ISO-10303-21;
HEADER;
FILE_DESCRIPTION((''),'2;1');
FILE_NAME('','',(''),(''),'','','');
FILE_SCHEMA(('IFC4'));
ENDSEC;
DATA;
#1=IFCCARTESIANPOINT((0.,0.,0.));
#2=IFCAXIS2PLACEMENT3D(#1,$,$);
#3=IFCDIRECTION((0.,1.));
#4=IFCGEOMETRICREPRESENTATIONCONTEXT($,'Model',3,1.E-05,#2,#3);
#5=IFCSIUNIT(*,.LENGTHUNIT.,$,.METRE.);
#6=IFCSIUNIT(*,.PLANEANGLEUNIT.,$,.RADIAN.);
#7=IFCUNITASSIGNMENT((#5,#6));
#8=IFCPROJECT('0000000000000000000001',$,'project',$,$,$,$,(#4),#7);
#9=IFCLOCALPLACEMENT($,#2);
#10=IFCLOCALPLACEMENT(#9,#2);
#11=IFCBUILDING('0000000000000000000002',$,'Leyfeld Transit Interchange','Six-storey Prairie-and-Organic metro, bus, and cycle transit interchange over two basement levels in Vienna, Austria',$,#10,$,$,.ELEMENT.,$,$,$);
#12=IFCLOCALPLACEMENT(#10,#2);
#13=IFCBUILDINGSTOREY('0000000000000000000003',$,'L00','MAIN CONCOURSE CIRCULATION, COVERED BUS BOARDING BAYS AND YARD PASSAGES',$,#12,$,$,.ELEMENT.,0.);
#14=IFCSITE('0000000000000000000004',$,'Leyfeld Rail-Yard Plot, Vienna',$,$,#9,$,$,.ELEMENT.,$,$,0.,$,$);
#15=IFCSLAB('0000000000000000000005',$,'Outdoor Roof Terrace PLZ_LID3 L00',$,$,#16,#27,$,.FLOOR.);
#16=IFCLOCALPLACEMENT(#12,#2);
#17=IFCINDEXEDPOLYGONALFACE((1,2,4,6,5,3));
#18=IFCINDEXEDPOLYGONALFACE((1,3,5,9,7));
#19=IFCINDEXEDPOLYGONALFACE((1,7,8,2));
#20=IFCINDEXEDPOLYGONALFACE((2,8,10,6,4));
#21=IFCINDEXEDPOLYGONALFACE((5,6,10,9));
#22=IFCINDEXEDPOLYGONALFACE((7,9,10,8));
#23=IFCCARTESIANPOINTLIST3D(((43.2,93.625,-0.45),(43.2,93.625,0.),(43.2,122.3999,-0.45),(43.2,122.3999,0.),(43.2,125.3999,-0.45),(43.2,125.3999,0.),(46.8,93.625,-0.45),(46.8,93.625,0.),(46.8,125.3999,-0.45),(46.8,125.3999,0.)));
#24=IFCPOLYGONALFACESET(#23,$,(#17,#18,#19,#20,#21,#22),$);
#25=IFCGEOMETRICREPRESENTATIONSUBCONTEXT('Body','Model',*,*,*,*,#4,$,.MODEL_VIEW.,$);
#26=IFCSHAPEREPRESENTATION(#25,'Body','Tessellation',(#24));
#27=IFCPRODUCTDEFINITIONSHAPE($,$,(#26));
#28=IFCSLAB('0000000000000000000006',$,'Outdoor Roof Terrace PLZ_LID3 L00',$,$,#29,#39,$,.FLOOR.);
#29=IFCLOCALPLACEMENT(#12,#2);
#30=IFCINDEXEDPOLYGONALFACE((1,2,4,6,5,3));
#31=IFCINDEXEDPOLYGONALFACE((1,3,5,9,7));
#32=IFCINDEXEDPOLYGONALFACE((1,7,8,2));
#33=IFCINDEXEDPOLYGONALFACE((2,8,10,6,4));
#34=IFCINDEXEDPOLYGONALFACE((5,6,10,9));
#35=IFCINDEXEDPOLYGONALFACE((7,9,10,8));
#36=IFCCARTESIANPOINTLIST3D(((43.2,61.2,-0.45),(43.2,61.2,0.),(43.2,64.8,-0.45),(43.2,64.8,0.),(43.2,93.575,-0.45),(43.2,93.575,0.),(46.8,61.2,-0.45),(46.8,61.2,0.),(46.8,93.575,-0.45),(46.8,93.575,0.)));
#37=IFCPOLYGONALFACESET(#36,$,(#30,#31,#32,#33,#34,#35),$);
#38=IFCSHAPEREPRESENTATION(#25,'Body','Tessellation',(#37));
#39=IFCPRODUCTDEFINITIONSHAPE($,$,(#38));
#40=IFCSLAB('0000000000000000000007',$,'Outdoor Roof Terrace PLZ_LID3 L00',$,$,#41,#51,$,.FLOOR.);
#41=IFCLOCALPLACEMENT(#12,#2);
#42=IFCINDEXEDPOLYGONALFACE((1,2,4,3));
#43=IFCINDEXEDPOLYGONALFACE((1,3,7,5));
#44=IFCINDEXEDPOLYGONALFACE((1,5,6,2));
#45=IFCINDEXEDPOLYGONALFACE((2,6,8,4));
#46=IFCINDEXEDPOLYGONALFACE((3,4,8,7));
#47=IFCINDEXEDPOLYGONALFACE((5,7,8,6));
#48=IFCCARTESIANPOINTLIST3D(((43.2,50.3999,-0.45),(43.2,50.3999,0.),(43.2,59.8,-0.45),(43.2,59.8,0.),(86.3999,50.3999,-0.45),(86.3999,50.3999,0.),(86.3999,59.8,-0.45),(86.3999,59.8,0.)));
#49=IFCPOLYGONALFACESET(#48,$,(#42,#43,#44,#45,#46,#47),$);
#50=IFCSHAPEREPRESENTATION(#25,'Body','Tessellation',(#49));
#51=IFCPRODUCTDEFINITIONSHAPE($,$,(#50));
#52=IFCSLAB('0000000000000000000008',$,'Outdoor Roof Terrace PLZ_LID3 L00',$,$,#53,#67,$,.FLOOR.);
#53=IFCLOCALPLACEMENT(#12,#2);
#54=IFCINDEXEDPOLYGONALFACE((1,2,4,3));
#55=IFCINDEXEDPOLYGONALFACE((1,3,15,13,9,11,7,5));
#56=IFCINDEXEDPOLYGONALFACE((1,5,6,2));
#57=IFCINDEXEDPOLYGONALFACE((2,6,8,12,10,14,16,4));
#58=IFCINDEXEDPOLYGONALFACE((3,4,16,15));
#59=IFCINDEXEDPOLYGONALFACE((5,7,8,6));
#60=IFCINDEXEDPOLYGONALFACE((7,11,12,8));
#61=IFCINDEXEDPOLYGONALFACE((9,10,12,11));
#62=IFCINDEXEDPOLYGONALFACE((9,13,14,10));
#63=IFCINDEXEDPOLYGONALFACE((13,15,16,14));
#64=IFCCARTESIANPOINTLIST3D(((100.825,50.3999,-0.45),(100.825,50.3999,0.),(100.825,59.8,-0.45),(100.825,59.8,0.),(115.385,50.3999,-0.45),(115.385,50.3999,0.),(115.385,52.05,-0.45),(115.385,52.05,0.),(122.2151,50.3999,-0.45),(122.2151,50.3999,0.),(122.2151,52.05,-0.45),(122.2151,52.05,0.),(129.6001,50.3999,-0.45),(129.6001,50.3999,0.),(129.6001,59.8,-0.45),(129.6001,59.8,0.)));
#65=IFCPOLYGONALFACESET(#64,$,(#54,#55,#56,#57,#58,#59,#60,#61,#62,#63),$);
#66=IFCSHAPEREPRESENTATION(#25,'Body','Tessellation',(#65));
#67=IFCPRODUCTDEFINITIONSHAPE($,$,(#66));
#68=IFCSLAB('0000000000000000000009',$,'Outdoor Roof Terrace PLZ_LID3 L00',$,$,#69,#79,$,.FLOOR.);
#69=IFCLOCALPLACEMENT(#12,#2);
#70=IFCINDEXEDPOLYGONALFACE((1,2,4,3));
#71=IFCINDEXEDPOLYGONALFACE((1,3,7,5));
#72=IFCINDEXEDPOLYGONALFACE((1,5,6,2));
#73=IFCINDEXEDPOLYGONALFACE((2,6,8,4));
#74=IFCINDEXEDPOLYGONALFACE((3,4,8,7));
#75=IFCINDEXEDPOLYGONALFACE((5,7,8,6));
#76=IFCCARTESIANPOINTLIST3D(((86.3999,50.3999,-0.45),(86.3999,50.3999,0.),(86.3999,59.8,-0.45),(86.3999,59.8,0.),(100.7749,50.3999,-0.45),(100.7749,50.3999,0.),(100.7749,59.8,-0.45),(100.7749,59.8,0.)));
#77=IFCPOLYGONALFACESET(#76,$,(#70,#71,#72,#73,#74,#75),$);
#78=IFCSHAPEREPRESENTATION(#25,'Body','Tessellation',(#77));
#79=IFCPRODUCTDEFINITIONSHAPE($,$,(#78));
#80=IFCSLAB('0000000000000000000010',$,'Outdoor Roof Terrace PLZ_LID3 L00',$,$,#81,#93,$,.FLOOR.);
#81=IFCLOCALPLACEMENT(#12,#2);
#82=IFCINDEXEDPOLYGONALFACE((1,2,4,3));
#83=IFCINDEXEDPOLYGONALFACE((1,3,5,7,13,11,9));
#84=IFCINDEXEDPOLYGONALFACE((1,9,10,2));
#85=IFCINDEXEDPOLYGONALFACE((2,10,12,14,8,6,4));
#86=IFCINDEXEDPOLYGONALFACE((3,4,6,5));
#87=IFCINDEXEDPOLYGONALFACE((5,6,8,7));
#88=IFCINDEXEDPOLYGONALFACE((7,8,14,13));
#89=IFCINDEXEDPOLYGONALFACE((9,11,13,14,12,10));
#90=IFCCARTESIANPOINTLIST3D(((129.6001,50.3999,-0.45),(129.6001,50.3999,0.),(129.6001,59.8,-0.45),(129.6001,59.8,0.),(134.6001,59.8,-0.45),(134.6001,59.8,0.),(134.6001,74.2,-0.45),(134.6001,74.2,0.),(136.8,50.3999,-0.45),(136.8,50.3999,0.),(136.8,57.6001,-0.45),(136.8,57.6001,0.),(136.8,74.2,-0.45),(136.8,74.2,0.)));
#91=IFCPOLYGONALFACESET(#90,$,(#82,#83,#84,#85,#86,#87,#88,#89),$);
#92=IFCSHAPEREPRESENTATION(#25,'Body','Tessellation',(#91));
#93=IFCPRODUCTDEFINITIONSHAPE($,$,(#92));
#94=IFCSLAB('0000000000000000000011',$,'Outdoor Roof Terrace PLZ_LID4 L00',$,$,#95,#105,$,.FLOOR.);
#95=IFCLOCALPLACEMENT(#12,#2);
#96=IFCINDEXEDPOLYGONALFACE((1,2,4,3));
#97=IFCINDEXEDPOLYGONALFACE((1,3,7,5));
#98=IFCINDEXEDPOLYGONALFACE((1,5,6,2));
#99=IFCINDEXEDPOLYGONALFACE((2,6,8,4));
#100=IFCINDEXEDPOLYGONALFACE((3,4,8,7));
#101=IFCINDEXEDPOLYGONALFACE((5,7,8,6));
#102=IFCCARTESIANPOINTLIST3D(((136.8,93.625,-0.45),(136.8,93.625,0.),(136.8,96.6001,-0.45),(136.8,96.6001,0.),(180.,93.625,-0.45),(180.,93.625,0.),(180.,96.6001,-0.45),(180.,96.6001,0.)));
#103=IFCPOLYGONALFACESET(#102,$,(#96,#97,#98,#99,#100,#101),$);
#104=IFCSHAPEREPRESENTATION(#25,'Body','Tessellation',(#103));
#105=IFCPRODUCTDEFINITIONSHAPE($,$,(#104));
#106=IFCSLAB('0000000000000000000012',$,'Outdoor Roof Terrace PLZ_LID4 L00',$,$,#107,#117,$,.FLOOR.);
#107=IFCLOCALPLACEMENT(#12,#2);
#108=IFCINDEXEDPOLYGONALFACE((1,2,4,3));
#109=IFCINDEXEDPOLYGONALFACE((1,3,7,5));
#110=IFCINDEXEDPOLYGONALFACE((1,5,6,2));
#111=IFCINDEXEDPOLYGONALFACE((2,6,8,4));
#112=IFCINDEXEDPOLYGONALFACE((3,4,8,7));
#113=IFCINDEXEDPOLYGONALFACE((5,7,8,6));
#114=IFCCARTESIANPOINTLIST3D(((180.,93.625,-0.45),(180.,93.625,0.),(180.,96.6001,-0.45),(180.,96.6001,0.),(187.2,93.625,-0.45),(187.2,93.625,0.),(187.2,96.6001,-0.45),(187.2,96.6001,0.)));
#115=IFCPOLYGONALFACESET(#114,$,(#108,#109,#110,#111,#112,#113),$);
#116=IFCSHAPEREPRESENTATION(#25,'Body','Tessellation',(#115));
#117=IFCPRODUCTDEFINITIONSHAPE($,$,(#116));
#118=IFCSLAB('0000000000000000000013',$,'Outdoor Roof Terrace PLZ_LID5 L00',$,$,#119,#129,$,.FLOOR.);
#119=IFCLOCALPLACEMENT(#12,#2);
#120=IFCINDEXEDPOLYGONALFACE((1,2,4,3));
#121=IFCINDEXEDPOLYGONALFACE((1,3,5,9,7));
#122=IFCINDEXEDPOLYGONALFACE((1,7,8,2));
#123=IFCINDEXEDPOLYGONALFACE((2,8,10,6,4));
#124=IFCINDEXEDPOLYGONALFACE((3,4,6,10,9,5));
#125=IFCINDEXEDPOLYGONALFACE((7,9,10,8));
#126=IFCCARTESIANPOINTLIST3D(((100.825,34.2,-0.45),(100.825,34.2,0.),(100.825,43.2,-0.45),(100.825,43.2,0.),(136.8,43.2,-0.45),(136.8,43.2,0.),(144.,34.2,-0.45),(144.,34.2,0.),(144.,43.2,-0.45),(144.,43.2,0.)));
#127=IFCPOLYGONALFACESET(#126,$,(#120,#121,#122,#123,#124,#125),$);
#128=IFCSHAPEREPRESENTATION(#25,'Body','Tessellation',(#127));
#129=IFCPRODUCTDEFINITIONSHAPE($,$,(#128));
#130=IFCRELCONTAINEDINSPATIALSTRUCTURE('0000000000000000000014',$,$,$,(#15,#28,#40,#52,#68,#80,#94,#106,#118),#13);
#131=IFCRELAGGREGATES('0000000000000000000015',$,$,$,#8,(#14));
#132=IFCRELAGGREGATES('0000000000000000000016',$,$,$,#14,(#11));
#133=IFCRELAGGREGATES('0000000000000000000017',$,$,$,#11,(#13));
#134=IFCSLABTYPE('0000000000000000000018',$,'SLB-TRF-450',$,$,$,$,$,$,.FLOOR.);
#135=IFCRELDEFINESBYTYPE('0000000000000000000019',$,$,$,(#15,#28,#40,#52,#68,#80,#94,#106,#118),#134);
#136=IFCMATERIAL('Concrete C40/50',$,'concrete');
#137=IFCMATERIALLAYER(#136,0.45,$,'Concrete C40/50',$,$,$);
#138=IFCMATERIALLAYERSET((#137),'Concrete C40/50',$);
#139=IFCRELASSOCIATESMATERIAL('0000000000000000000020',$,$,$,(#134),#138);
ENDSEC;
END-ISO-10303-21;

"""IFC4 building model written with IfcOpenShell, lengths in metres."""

from ifc_helpers import new_model, si_unit, direction, frame, origin, place, context, subcontext, project, spatial, polyline, outline, extrude, material, layer, layer_set, type_object, element, save


model = new_model("IFC4")

# Units and contexts
model_context = context("Model", 3, precision=1e-05, world=origin(), true_north=direction((0.0, 1.0)))
body_context = subcontext(model_context, "Body", "Model", "MODEL_VIEW")
ifc_project = project(units=[si_unit("LENGTHUNIT", "METRE"), si_unit("PLANEANGLEUNIT", "RADIAN")], contexts=[model_context])

# Site, building, storey
site_placement = place(None, origin())
site = spatial("IfcSite", under=ifc_project, at=site_placement, Name="Leyfeld Rail-Yard Plot, Vienna", CompositionType="ELEMENT", RefElevation=0.0)
building_placement = place(site_placement, origin())
building = spatial("IfcBuilding", under=site, at=building_placement, Name="Leyfeld Transit Interchange", Description="Six-storey Prairie-and-Organic metro, bus, and cycle transit interchange over two basement levels in Vienna, Austria", CompositionType="ELEMENT")
storey_placement = place(building_placement, origin())
storey = spatial("IfcBuildingStorey", under=building, at=storey_placement, Name="L00", Description="MAIN CONCOURSE CIRCULATION, COVERED BUS BOARDING BAYS AND YARD PASSAGES", CompositionType="ELEMENT", Elevation=0.0)

# Slabs
ifc_material_1 = material(Name="Concrete C40/50", Category="concrete")
ifc_layer_1 = layer(ifc_material_1, 0.45, Name="Concrete C40/50")
ifc_layer_set_1 = layer_set([ifc_layer_1], Name="Concrete C40/50")
slab_type_1 = type_object("IfcSlabType", Name="SLB-TRF-450", PredefinedType="FLOOR", material=ifc_layer_set_1)
slab_1_placement = place(storey_placement, frame((0.0, 0.0, -0.45)))
element("IfcSlab", 1, at=slab_1_placement, inside=storey, type_object=slab_type_1, Name="Outdoor Roof Terrace PLZ_LID3 L00", PredefinedType="FLOOR", context=body_context, shape_type="SweptSolid", body=[
    extrude(outline(polyline([(46.8, 125.3999), (43.2, 125.3999), (43.2, 122.3999), (43.2, 93.625), (46.8, 93.625), (46.8, 125.3999)])), origin(), (0.0, 0.0, 1.0), 0.45),
])
slab_2_placement = place(storey_placement, frame((0.0, 0.0, -0.45)))
element("IfcSlab", 2, at=slab_2_placement, inside=storey, type_object=slab_type_1, Name="Outdoor Roof Terrace PLZ_LID3 L00", PredefinedType="FLOOR", context=body_context, shape_type="SweptSolid", body=[
    extrude(outline(polyline([(46.8, 93.575), (43.2, 93.575), (43.2, 93.575), (43.2, 64.8), (43.2, 61.2), (46.8, 61.2), (46.8, 93.575)])), origin(), (0.0, 0.0, 1.0), 0.45),
])
slab_3_placement = place(storey_placement, frame((0.0, 0.0, -0.45)))
element("IfcSlab", 3, at=slab_3_placement, inside=storey, type_object=slab_type_1, Name="Outdoor Roof Terrace PLZ_LID3 L00", PredefinedType="FLOOR", context=body_context, shape_type="SweptSolid", body=[
    extrude(outline(polyline([(86.3999, 59.8), (43.2, 59.8), (43.2, 50.3999), (86.3999, 50.3999), (86.3999, 59.8)])), origin(), (0.0, 0.0, 1.0), 0.45),
])
slab_4_placement = place(storey_placement, frame((0.0, 0.0, -0.45)))
element("IfcSlab", 4, at=slab_4_placement, inside=storey, type_object=slab_type_1, Name="Outdoor Roof Terrace PLZ_LID3 L00", PredefinedType="FLOOR", context=body_context, shape_type="SweptSolid", body=[
    extrude(outline(polyline([(129.6001, 50.3999), (129.6001, 59.8), (100.825, 59.8), (100.825, 50.3999), (115.385, 50.3999), (115.385, 52.05), (122.2151, 52.05), (122.2151, 50.3999), (129.6001, 50.3999)])), origin(), (0.0, 0.0, 1.0), 0.45),
])
slab_5_placement = place(storey_placement, frame((0.0, 0.0, -0.45)))
element("IfcSlab", 5, at=slab_5_placement, inside=storey, type_object=slab_type_1, Name="Outdoor Roof Terrace PLZ_LID3 L00", PredefinedType="FLOOR", context=body_context, shape_type="SweptSolid", body=[
    extrude(outline(polyline([(100.7749, 50.3999), (100.7749, 59.8), (86.3999, 59.8), (86.3999, 50.3999), (100.7749, 50.3999), (100.7749, 50.3999)])), origin(), (0.0, 0.0, 1.0), 0.45),
])
slab_6_placement = place(storey_placement, frame((0.0, 0.0, -0.45)))
element("IfcSlab", 6, at=slab_6_placement, inside=storey, type_object=slab_type_1, Name="Outdoor Roof Terrace PLZ_LID3 L00", PredefinedType="FLOOR", context=body_context, shape_type="SweptSolid", body=[
    extrude(outline(polyline([(129.6001, 59.8), (129.6001, 50.3999), (136.8, 50.3999), (136.8, 57.6001), (136.8, 74.2), (134.6001, 74.2), (134.6001, 59.8), (129.6001, 59.8)])), origin(), (0.0, 0.0, 1.0), 0.45),
])
slab_7_placement = place(storey_placement, frame((0.0, 0.0, -0.45)))
element("IfcSlab", 7, at=slab_7_placement, inside=storey, type_object=slab_type_1, Name="Outdoor Roof Terrace PLZ_LID4 L00", PredefinedType="FLOOR", context=body_context, shape_type="SweptSolid", body=[
    extrude(outline(polyline([(180.0, 96.6001), (136.8, 96.6001), (136.8, 93.625), (180.0, 93.625), (180.0, 96.6001)])), origin(), (0.0, 0.0, 1.0), 0.45),
])
slab_8_placement = place(storey_placement, frame((0.0, 0.0, -0.45)))
element("IfcSlab", 8, at=slab_8_placement, inside=storey, type_object=slab_type_1, Name="Outdoor Roof Terrace PLZ_LID4 L00", PredefinedType="FLOOR", context=body_context, shape_type="SweptSolid", body=[
    extrude(outline(polyline([(187.2, 96.6001), (180.0, 96.6001), (180.0, 93.625), (187.2, 93.625), (187.2, 96.6001)])), origin(), (0.0, 0.0, 1.0), 0.45),
])
slab_9_placement = place(storey_placement, frame((0.0, 0.0, -0.45)))
element("IfcSlab", 9, at=slab_9_placement, inside=storey, type_object=slab_type_1, Name="Outdoor Roof Terrace PLZ_LID5 L00", PredefinedType="FLOOR", context=body_context, shape_type="SweptSolid", body=[
    extrude(outline(polyline([(100.825, 43.2), (100.825, 34.2), (144.0, 34.2), (144.0, 43.2), (136.8, 43.2), (100.825, 43.2)])), origin(), (0.0, 0.0, 1.0), 0.45),
])

save(model, "model.ifc")
